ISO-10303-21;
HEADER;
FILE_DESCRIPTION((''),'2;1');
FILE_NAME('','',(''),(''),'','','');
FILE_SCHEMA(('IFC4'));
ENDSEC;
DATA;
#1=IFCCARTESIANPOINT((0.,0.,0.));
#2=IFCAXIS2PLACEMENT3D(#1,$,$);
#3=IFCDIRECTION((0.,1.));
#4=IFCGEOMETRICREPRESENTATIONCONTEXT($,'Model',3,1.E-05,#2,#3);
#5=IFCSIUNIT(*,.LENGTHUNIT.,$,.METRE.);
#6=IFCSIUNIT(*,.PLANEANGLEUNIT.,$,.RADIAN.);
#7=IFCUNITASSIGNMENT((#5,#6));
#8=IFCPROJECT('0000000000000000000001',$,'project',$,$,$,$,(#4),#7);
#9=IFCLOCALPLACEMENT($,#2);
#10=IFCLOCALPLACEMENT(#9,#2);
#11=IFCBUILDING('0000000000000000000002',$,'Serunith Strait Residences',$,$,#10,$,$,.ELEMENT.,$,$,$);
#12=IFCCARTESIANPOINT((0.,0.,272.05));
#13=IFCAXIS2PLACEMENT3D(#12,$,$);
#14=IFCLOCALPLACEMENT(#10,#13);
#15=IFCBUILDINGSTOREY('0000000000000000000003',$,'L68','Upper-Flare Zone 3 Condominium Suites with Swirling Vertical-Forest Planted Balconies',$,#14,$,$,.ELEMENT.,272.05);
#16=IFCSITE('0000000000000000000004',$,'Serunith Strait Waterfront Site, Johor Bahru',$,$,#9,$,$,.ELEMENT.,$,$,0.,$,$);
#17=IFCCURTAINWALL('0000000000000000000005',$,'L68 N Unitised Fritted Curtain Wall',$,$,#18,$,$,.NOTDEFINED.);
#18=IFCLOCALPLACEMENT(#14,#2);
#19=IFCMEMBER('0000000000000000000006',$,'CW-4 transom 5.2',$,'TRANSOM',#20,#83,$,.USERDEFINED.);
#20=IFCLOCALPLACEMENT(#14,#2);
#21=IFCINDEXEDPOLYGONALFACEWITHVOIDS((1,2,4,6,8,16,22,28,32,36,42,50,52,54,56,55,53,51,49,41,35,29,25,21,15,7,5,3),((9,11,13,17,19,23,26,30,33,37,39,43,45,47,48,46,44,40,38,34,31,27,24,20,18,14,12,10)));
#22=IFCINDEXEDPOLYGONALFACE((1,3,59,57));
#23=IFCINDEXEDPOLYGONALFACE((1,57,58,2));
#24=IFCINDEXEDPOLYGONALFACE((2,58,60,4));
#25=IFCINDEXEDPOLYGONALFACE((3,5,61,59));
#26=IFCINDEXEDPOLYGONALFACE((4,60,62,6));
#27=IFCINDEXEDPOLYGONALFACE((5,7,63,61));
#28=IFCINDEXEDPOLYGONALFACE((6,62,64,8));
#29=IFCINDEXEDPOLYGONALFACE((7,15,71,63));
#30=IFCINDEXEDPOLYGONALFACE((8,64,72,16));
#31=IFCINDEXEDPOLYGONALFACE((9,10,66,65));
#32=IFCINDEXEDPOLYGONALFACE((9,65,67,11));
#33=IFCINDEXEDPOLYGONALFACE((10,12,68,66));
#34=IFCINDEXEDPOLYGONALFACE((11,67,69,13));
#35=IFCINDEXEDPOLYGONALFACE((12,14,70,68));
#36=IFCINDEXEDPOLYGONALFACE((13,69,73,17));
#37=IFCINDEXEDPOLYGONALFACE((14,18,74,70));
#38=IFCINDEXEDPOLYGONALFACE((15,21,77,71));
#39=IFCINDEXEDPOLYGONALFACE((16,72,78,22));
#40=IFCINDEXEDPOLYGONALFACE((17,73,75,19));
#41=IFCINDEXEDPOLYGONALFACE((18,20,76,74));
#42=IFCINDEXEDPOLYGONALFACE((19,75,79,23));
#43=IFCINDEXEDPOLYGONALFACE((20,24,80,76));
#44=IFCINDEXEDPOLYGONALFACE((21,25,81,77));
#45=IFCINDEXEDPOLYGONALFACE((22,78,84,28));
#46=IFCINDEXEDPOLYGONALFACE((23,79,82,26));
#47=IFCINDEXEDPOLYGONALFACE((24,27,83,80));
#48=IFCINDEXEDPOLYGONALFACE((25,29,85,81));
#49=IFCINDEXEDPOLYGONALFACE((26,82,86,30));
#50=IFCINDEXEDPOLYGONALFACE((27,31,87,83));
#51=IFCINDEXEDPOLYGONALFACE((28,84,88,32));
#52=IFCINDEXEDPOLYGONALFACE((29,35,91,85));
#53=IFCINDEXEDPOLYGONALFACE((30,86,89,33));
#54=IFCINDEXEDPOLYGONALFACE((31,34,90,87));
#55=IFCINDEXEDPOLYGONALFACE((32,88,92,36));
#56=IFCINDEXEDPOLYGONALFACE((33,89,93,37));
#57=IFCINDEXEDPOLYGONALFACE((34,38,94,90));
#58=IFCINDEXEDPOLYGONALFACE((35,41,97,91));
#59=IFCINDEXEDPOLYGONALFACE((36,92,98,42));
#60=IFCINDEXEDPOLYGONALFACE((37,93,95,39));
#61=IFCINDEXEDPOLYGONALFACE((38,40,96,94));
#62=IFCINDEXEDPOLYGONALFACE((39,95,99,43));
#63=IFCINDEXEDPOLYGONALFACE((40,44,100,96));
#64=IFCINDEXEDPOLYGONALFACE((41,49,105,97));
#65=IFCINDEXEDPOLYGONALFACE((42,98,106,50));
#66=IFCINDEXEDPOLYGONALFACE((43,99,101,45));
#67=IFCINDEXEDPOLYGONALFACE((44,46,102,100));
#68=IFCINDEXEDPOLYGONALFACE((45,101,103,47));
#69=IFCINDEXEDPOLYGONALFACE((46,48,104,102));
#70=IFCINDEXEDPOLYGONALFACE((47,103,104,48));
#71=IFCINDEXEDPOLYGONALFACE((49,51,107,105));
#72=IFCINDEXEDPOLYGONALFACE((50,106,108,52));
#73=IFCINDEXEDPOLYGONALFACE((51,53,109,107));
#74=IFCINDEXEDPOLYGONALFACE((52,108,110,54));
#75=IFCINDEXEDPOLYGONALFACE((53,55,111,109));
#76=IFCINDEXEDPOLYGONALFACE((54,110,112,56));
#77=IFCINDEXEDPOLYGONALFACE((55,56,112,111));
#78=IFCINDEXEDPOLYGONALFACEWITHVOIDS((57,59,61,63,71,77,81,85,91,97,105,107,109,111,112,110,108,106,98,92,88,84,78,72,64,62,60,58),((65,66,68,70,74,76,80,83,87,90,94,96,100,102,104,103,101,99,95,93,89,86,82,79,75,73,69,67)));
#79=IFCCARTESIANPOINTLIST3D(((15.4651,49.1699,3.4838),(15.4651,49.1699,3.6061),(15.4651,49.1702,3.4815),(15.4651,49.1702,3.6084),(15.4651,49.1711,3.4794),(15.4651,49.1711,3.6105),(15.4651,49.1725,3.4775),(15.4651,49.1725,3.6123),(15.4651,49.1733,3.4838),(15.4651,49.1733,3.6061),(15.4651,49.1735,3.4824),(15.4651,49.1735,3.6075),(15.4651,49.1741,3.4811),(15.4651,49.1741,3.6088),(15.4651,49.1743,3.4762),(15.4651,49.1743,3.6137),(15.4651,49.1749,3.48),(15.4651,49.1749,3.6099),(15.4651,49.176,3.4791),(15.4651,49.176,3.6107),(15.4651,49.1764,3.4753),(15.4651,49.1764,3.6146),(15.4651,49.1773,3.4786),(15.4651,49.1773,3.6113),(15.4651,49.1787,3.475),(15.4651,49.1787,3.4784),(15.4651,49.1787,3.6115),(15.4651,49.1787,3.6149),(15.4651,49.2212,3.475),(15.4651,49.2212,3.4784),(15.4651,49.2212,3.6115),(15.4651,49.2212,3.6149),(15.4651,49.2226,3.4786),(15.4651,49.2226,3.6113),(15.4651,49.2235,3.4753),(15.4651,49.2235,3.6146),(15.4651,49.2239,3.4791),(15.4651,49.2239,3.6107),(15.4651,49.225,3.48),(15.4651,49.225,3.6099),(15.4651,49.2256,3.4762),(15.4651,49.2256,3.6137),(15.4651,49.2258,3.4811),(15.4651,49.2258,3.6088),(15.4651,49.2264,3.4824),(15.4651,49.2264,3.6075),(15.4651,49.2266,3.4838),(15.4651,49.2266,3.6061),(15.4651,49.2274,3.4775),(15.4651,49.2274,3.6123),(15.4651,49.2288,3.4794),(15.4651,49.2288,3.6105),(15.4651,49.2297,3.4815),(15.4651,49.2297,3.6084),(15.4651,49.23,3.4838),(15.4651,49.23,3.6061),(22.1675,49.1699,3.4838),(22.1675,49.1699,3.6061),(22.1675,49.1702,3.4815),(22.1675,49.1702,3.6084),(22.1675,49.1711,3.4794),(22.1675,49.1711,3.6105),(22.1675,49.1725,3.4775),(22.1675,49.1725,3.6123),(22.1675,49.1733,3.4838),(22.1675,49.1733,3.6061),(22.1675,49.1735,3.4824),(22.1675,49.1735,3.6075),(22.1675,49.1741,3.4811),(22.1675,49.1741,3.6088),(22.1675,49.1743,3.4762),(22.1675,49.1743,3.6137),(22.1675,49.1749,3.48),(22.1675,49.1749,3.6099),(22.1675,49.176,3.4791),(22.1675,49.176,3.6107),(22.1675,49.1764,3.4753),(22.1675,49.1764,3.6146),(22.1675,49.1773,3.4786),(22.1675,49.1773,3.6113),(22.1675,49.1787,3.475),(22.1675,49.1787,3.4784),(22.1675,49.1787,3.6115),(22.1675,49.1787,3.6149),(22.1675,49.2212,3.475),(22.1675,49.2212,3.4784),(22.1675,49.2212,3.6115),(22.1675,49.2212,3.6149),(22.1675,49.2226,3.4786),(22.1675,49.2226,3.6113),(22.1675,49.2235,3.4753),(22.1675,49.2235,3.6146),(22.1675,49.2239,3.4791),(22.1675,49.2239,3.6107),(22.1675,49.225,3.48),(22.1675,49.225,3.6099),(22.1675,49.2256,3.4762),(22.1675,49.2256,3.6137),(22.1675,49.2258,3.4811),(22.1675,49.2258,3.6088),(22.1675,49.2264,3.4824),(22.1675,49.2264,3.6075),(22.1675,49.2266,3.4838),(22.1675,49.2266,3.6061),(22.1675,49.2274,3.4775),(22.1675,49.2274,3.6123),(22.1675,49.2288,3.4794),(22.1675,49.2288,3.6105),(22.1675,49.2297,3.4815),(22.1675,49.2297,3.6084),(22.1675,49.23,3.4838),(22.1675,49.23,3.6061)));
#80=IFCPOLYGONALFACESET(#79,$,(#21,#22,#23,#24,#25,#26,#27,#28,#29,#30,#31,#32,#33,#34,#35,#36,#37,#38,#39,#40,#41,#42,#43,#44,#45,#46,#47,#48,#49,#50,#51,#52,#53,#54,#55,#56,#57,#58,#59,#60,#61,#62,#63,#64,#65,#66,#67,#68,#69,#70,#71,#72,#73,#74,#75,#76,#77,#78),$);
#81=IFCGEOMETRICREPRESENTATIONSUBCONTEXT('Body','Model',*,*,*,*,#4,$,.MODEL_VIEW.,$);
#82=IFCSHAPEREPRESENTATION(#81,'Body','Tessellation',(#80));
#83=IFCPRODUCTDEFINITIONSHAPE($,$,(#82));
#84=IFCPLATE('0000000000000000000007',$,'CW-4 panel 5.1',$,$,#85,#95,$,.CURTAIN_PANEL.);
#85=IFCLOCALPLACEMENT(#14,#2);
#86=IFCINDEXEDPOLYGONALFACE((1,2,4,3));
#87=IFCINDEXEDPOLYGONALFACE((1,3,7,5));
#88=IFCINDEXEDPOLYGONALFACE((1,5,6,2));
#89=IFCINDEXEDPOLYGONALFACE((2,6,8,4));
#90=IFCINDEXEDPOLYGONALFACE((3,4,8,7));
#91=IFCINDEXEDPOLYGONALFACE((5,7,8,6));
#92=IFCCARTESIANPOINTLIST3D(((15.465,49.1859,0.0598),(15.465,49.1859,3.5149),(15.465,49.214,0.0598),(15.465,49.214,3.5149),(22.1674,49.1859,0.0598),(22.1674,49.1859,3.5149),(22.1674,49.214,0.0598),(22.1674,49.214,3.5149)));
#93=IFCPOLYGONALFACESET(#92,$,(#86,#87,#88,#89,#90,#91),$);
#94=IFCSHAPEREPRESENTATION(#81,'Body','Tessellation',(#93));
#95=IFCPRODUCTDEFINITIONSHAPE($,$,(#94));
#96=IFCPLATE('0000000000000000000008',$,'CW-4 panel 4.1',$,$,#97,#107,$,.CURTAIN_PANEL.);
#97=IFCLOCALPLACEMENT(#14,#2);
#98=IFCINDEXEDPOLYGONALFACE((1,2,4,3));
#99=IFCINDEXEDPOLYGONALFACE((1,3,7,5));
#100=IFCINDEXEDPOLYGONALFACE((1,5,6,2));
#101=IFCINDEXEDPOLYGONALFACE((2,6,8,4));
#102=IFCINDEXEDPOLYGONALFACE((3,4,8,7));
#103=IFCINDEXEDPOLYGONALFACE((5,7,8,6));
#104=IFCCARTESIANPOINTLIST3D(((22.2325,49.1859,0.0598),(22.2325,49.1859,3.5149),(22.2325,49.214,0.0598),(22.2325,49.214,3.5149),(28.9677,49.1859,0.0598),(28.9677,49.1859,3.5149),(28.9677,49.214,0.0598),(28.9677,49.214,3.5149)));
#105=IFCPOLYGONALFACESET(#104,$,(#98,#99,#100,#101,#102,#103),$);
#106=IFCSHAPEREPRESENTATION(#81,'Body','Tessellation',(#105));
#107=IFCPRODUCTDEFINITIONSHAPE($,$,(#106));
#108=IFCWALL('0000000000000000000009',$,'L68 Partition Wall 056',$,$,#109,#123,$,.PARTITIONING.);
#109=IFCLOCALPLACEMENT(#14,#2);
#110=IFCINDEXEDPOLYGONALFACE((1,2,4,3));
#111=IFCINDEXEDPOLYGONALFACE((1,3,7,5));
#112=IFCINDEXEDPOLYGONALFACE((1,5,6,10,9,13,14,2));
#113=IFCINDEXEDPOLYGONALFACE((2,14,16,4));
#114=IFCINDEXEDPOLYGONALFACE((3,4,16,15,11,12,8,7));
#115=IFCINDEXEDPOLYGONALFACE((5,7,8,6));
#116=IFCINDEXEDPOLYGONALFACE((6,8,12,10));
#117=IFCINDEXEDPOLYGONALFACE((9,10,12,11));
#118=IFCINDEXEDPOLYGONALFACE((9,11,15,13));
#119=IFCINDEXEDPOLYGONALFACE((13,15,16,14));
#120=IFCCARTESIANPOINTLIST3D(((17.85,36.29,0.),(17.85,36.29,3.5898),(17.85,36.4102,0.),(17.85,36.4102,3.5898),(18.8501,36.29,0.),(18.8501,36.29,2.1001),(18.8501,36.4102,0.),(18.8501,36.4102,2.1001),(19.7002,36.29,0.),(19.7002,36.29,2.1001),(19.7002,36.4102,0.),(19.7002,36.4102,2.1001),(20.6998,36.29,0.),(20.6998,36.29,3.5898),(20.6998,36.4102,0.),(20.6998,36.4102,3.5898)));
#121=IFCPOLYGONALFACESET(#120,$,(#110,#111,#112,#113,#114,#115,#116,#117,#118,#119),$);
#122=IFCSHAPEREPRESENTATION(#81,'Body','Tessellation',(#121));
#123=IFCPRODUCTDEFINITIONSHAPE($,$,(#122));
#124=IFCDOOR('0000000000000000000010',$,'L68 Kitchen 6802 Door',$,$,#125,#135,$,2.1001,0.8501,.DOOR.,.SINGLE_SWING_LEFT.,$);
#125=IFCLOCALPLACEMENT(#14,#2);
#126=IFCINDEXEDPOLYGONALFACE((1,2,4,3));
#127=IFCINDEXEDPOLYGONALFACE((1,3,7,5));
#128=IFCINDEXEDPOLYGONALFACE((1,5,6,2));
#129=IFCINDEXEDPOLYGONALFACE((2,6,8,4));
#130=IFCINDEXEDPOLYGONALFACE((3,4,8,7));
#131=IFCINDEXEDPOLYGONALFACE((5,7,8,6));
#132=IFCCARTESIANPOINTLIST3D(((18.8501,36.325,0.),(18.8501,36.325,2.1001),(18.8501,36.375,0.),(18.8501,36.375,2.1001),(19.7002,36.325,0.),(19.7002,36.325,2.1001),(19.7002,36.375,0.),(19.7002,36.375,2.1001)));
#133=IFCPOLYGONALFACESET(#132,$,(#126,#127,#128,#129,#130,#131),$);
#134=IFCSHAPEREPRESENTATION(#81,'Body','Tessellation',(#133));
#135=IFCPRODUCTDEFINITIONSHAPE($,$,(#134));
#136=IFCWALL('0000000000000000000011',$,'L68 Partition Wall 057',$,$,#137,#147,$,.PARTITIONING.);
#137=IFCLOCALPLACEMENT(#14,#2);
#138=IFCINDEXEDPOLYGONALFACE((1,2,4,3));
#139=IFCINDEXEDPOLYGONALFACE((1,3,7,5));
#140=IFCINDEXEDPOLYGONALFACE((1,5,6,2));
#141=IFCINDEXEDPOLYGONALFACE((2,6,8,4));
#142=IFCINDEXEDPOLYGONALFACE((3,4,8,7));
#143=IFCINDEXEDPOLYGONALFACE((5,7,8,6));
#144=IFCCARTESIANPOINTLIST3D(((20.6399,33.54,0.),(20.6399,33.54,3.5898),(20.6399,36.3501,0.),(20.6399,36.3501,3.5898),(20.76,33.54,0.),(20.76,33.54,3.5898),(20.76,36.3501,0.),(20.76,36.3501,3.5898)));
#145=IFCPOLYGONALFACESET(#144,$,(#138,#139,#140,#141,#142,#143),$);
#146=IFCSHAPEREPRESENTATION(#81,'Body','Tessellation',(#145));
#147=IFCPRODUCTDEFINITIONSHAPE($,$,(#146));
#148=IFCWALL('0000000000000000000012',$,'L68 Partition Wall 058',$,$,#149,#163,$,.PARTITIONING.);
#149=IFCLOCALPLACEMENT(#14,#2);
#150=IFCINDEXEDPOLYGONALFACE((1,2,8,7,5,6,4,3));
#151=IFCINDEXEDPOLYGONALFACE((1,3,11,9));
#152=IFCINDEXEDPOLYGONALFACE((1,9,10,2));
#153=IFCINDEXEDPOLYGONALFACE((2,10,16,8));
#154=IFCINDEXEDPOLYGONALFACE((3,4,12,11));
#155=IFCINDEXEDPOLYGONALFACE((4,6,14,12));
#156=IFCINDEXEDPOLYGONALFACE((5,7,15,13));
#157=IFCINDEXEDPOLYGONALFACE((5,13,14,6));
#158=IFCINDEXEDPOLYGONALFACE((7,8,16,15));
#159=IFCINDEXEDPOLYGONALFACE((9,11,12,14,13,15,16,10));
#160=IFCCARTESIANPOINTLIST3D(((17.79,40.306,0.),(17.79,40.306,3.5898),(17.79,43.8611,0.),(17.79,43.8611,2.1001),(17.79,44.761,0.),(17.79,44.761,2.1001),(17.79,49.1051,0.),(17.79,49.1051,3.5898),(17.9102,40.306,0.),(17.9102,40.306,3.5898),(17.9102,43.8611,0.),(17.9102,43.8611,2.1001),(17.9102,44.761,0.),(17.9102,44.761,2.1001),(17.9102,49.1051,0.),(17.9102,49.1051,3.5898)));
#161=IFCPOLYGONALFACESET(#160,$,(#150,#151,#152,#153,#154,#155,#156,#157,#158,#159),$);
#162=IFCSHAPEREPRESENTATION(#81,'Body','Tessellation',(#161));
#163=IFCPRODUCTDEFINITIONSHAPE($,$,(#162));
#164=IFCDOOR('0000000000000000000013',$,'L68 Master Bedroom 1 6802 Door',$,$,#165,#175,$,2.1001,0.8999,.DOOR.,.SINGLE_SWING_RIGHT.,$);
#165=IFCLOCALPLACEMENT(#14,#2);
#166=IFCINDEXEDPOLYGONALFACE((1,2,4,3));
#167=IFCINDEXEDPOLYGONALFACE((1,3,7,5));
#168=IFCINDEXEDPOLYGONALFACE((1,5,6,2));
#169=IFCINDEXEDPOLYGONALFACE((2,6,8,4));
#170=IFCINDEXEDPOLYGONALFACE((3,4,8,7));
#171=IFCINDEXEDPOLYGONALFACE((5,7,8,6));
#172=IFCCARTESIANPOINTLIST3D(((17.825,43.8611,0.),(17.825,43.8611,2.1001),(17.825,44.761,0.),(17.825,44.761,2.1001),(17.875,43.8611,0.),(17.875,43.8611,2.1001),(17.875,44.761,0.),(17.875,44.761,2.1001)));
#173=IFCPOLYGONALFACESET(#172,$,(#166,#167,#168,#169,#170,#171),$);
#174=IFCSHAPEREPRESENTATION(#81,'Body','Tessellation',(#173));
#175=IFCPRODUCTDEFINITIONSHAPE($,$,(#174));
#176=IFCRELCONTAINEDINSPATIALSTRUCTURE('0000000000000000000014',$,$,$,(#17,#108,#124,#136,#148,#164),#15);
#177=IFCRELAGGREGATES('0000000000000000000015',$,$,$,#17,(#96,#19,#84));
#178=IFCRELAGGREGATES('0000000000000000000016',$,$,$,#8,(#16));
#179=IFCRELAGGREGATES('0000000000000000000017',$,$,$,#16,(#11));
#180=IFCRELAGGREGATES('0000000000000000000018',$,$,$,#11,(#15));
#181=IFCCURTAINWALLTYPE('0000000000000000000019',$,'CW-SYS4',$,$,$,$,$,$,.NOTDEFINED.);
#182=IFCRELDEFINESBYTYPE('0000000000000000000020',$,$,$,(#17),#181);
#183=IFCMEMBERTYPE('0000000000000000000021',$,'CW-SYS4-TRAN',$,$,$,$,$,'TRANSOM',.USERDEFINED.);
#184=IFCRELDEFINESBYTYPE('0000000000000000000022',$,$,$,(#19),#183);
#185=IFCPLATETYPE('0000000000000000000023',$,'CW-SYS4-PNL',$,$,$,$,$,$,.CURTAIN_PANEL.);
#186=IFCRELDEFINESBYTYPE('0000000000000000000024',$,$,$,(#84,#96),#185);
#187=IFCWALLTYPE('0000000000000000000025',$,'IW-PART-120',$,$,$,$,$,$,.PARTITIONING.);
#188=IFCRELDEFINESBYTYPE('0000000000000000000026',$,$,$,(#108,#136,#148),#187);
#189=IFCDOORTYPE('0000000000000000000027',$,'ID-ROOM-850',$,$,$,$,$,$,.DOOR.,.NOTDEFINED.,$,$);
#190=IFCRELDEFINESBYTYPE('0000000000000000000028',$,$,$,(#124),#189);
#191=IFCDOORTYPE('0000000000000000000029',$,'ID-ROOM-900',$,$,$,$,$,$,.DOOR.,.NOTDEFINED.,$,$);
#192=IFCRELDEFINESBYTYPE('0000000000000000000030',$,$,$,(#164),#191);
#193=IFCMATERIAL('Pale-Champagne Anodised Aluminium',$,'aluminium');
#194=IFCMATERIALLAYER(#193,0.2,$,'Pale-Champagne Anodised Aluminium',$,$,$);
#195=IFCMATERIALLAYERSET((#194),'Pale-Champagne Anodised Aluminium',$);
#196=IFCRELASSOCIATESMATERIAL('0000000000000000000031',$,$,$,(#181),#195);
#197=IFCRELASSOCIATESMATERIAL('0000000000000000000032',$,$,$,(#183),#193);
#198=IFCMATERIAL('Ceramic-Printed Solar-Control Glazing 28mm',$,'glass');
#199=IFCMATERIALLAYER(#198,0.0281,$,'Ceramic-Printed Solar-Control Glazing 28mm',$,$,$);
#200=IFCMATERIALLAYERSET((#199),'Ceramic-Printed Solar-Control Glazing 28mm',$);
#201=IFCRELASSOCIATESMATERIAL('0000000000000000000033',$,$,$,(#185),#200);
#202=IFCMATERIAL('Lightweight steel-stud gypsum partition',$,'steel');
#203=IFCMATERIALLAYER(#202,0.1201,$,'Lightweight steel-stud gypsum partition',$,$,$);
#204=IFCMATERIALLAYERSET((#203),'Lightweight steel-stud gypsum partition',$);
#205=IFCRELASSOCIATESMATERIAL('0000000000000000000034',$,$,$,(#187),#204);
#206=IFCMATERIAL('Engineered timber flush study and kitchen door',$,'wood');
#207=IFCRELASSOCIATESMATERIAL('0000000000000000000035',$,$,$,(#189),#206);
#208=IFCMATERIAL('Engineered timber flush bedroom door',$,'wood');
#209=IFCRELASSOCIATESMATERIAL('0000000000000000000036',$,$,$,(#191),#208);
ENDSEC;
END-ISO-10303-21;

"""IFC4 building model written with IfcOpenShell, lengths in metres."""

from ifc_helpers import new_model, si_unit, direction, frame, frame_2d, origin, origin_2d, place, context, subcontext, project, spatial, rectangle, hollow_rectangle, extrude, source, transform, mapped, material, layer, layer_set, material_profile, profile_set, type_object, element, fill, aggregate, save


model = new_model("IFC4")

# Units and contexts
model_context = context("Model", 3, precision=1e-05, world=origin(), true_north=direction((0.0, 1.0)))
body_context = subcontext(model_context, "Body", "Model", "MODEL_VIEW")
ifc_project = project(units=[si_unit("LENGTHUNIT", "METRE"), si_unit("PLANEANGLEUNIT", "RADIAN")], contexts=[model_context])

# Site, building, storey
site_placement = place(None, origin())
site = spatial("IfcSite", under=ifc_project, at=site_placement, Name="Serunith Strait Waterfront Site, Johor Bahru", CompositionType="ELEMENT", RefElevation=0.0)
building_placement = place(site_placement, origin())
building = spatial("IfcBuilding", under=site, at=building_placement, Name="Serunith Strait Residences", CompositionType="ELEMENT")
storey_placement = place(building_placement, frame((0.0, 0.0, 272.05)))
storey = spatial("IfcBuildingStorey", under=building, at=storey_placement, Name="L68", Description="Upper-Flare Zone 3 Condominium Suites with Swirling Vertical-Forest Planted Balconies", CompositionType="ELEMENT", Elevation=272.05)

# Curtain wall, member, plates
ifc_material_1 = material(Name="Pale-Champagne Anodised Aluminium", Category="aluminium")
ifc_layer_1 = layer(ifc_material_1, 0.2, Name="Pale-Champagne Anodised Aluminium")
ifc_layer_set_1 = layer_set([ifc_layer_1], Name="Pale-Champagne Anodised Aluminium")
curtain_wall_type = type_object("IfcCurtainWallType", Name="CW-SYS4", PredefinedType="NOTDEFINED", material=ifc_layer_set_1)
curtain_wall_placement = place(storey_placement, origin())
curtain_wall = element("IfcCurtainWall", 1, at=curtain_wall_placement, inside=storey, type_object=curtain_wall_type, Name="L68 N Unitised Fritted Curtain Wall", PredefinedType="NOTDEFINED")
ifc_material_profile_1 = material_profile(ifc_material_1, hollow_rectangle(XDim=0.0601, YDim=0.1399, WallThickness=0.0034, InnerFilletRadius=0.0054, OuterFilletRadius=0.0088, at=origin_2d()), Name="ALU 140x60x3.5")
ifc_profile_set_1 = profile_set([ifc_material_profile_1], Name="Pale-Champagne Anodised Aluminium")
member_type_1 = type_object("IfcMemberType", Name="CW-SYS4-TRAN", ElementType="TRANSOM", PredefinedType="USERDEFINED", material=ifc_profile_set_1)
shared_shape_1 = source(origin(), body_context, "Body", "SweptSolid", [
    extrude(hollow_rectangle(XDim=0.0601, YDim=0.1399, WallThickness=0.0034, InnerFilletRadius=0.0054, OuterFilletRadius=0.0088, at=origin_2d()), origin(), (0.0, 0.0, 1.0), 6.7024),
])
member_1_placement = place(storey_placement, frame((22.1675, 49.2, 3.5449), z_axis=(-1.0, 0.0, 0.0), x_axis=(0.0, -1.0, 0.0)))
member_1 = element("IfcMember", 2, at=member_1_placement, type_object=member_type_1, Name="CW-4 transom 5.2", ObjectType="TRANSOM", PredefinedType="USERDEFINED", context=body_context, shape_type="MappedRepresentation", body=[
    mapped(shared_shape_1, transform((0.0, 0.0, 0.0), scale=1.0)),
])
ifc_material_2 = material(Name="Ceramic-Printed Solar-Control Glazing 28mm", Category="glass")
ifc_layer_2 = layer(ifc_material_2, 0.0281, Name="Ceramic-Printed Solar-Control Glazing 28mm")
ifc_layer_set_2 = layer_set([ifc_layer_2], Name="Ceramic-Printed Solar-Control Glazing 28mm")
plate_type = type_object("IfcPlateType", Name="CW-SYS4-PNL", PredefinedType="CURTAIN_PANEL", material=ifc_layer_set_2)
shared_shape_2 = source(origin(), body_context, "Body", "SweptSolid", [
    extrude(rectangle(XDim=6.7024, YDim=0.0281, at=origin_2d()), origin(), (0.0, 0.0, 1.0), 3.4551),
])
plate_1_placement = place(storey_placement, frame((18.8162, 49.2, 0.0598), z_axis=(0.0, 0.0, 1.0), x_axis=(-1.0, 0.0, 0.0)))
plate_1 = element("IfcPlate", 3, at=plate_1_placement, type_object=plate_type, Name="CW-4 panel 5.1", PredefinedType="CURTAIN_PANEL", context=body_context, shape_type="MappedRepresentation", body=[
    mapped(shared_shape_2, transform((0.0, 0.0, 0.0), scale=1.0)),
])
shared_shape_3 = source(origin(), body_context, "Body", "SweptSolid", [
    extrude(rectangle(XDim=6.7351, YDim=0.0281, at=origin_2d()), origin(), (0.0, 0.0, 1.0), 3.4551),
])
plate_2_placement = place(storey_placement, frame((25.6001, 49.2, 0.0598), z_axis=(0.0, 0.0, 1.0), x_axis=(-1.0, 0.0, 0.0)))
plate_2 = element("IfcPlate", 4, at=plate_2_placement, type_object=plate_type, Name="CW-4 panel 4.1", PredefinedType="CURTAIN_PANEL", context=body_context, shape_type="MappedRepresentation", body=[
    mapped(shared_shape_3, transform((0.0, 0.0, 0.0), scale=1.0)),
])
aggregate(curtain_wall, [plate_2, member_1, plate_1])

# Wall, opening, door
ifc_material_3 = material(Name="Lightweight steel-stud gypsum partition", Category="steel")
ifc_layer_3 = layer(ifc_material_3, 0.1201, Name="Lightweight steel-stud gypsum partition")
ifc_layer_set_3 = layer_set([ifc_layer_3], Name="Lightweight steel-stud gypsum partition")
wall_type = type_object("IfcWallType", Name="IW-PART-120", PredefinedType="PARTITIONING", material=ifc_layer_set_3)
wall_1_placement = place(storey_placement, frame((17.8501, 36.3501, 0.0), z_axis=(0.0, 0.0, 1.0), x_axis=(1.0, 0.0, 0.0)))
wall_1 = element("IfcWall", 5, at=wall_1_placement, inside=storey, type_object=wall_type, Name="L68 Partition Wall 056", PredefinedType="PARTITIONING", context=body_context, shape_type="SweptSolid", body=[
    extrude(rectangle(XDim=2.8499, YDim=0.1201, at=frame_2d((1.4248, 0.0))), origin(), (0.0, 0.0, 1.0), 3.5898),
])
opening_1_placement = place(wall_1_placement, frame((1.0, 0.0, 0.0)))
opening_1 = element("IfcOpeningElement", 6, at=opening_1_placement, cuts=wall_1, PredefinedType="OPENING", context=body_context, shape_type="SweptSolid", body=[
    extrude(rectangle(XDim=0.8501, YDim=2.1001, at=frame_2d((0.425, 1.05))), frame((0.0, 0.0701, 0.0), z_axis=(0.0, -1.0, 0.0), x_axis=(1.0, 0.0, 0.0)), (0.0, 0.0, 1.0), 0.1401),
])
ifc_material_4 = material(Name="Engineered timber flush study and kitchen door", Category="wood")
door_type_1 = type_object("IfcDoorType", Name="ID-ROOM-850", OperationType="NOTDEFINED", PredefinedType="DOOR", material=ifc_material_4)
shared_shape_4 = source(origin(), body_context, "Body", "SweptSolid", [
    extrude(rectangle(XDim=0.8501, YDim=2.1001, at=frame_2d((0.425, 1.05))), frame((0.0, 0.0249, 0.0), z_axis=(0.0, -1.0, 0.0), x_axis=(1.0, 0.0, 0.0)), (0.0, 0.0, 1.0), 0.05),
])
door_1_placement = place(opening_1_placement, origin())
door_1 = element("IfcDoor", 7, at=door_1_placement, inside=storey, type_object=door_type_1, Name="L68 Kitchen 6802 Door", OperationType="SINGLE_SWING_LEFT", OverallHeight=2.1001, OverallWidth=0.8501, PredefinedType="DOOR", context=body_context, shape_type="MappedRepresentation", body=[
    mapped(shared_shape_4, transform((0.0, 0.0, 0.0), scale=1.0)),
])
fill(opening_1, door_1)

# Wall
wall_2_placement = place(storey_placement, frame((20.7, 36.3501, 0.0), z_axis=(0.0, 0.0, 1.0), x_axis=(0.0, -1.0, 0.0)))
element("IfcWall", 8, at=wall_2_placement, inside=storey, type_object=wall_type, Name="L68 Partition Wall 057", PredefinedType="PARTITIONING", context=body_context, shape_type="SweptSolid", body=[
    extrude(rectangle(XDim=2.8101, YDim=0.1201, at=frame_2d((1.405, 0.0))), origin(), (0.0, 0.0, 1.0), 3.5898),
])

# Wall, opening, door
wall_3_placement = place(storey_placement, frame((17.8501, 49.105, 0.0), z_axis=(0.0, 0.0, 1.0), x_axis=(0.0, -1.0, 0.0)))
wall_3 = element("IfcWall", 9, at=wall_3_placement, inside=storey, type_object=wall_type, Name="L68 Partition Wall 058", PredefinedType="PARTITIONING", context=body_context, shape_type="SweptSolid", body=[
    extrude(rectangle(XDim=8.7991, YDim=0.1201, at=frame_2d((4.3994, 0.0))), origin(), (0.0, 0.0, 1.0), 3.5898),
])
opening_2_placement = place(wall_3_placement, frame((4.344, 0.0, 0.0)))
opening_2 = element("IfcOpeningElement", 10, at=opening_2_placement, cuts=wall_3, PredefinedType="OPENING", context=body_context, shape_type="SweptSolid", body=[
    extrude(rectangle(XDim=0.8999, YDim=2.1001, at=frame_2d((0.45, 1.05))), frame((0.0, 0.0701, 0.0), z_axis=(0.0, -1.0, 0.0), x_axis=(1.0, 0.0, 0.0)), (0.0, 0.0, 1.0), 0.1401),
])
ifc_material_5 = material(Name="Engineered timber flush bedroom door", Category="wood")
door_type_2 = type_object("IfcDoorType", Name="ID-ROOM-900", OperationType="NOTDEFINED", PredefinedType="DOOR", material=ifc_material_5)
shared_shape_5 = source(origin(), body_context, "Body", "SweptSolid", [
    extrude(rectangle(XDim=0.8999, YDim=2.1001, at=frame_2d((0.45, 1.05))), frame((0.0, 0.0249, 0.0), z_axis=(0.0, -1.0, 0.0), x_axis=(1.0, 0.0, 0.0)), (0.0, 0.0, 1.0), 0.05),
])
door_2_placement = place(opening_2_placement, origin())
door_2 = element("IfcDoor", 11, at=door_2_placement, inside=storey, type_object=door_type_2, Name="L68 Master Bedroom 1 6802 Door", OperationType="SINGLE_SWING_RIGHT", OverallHeight=2.1001, OverallWidth=0.8999, PredefinedType="DOOR", context=body_context, shape_type="MappedRepresentation", body=[
    mapped(shared_shape_5, transform((0.0, 0.0, 0.0), scale=1.0)),
])
fill(opening_2, door_2)

save(model, "model.ifc")
